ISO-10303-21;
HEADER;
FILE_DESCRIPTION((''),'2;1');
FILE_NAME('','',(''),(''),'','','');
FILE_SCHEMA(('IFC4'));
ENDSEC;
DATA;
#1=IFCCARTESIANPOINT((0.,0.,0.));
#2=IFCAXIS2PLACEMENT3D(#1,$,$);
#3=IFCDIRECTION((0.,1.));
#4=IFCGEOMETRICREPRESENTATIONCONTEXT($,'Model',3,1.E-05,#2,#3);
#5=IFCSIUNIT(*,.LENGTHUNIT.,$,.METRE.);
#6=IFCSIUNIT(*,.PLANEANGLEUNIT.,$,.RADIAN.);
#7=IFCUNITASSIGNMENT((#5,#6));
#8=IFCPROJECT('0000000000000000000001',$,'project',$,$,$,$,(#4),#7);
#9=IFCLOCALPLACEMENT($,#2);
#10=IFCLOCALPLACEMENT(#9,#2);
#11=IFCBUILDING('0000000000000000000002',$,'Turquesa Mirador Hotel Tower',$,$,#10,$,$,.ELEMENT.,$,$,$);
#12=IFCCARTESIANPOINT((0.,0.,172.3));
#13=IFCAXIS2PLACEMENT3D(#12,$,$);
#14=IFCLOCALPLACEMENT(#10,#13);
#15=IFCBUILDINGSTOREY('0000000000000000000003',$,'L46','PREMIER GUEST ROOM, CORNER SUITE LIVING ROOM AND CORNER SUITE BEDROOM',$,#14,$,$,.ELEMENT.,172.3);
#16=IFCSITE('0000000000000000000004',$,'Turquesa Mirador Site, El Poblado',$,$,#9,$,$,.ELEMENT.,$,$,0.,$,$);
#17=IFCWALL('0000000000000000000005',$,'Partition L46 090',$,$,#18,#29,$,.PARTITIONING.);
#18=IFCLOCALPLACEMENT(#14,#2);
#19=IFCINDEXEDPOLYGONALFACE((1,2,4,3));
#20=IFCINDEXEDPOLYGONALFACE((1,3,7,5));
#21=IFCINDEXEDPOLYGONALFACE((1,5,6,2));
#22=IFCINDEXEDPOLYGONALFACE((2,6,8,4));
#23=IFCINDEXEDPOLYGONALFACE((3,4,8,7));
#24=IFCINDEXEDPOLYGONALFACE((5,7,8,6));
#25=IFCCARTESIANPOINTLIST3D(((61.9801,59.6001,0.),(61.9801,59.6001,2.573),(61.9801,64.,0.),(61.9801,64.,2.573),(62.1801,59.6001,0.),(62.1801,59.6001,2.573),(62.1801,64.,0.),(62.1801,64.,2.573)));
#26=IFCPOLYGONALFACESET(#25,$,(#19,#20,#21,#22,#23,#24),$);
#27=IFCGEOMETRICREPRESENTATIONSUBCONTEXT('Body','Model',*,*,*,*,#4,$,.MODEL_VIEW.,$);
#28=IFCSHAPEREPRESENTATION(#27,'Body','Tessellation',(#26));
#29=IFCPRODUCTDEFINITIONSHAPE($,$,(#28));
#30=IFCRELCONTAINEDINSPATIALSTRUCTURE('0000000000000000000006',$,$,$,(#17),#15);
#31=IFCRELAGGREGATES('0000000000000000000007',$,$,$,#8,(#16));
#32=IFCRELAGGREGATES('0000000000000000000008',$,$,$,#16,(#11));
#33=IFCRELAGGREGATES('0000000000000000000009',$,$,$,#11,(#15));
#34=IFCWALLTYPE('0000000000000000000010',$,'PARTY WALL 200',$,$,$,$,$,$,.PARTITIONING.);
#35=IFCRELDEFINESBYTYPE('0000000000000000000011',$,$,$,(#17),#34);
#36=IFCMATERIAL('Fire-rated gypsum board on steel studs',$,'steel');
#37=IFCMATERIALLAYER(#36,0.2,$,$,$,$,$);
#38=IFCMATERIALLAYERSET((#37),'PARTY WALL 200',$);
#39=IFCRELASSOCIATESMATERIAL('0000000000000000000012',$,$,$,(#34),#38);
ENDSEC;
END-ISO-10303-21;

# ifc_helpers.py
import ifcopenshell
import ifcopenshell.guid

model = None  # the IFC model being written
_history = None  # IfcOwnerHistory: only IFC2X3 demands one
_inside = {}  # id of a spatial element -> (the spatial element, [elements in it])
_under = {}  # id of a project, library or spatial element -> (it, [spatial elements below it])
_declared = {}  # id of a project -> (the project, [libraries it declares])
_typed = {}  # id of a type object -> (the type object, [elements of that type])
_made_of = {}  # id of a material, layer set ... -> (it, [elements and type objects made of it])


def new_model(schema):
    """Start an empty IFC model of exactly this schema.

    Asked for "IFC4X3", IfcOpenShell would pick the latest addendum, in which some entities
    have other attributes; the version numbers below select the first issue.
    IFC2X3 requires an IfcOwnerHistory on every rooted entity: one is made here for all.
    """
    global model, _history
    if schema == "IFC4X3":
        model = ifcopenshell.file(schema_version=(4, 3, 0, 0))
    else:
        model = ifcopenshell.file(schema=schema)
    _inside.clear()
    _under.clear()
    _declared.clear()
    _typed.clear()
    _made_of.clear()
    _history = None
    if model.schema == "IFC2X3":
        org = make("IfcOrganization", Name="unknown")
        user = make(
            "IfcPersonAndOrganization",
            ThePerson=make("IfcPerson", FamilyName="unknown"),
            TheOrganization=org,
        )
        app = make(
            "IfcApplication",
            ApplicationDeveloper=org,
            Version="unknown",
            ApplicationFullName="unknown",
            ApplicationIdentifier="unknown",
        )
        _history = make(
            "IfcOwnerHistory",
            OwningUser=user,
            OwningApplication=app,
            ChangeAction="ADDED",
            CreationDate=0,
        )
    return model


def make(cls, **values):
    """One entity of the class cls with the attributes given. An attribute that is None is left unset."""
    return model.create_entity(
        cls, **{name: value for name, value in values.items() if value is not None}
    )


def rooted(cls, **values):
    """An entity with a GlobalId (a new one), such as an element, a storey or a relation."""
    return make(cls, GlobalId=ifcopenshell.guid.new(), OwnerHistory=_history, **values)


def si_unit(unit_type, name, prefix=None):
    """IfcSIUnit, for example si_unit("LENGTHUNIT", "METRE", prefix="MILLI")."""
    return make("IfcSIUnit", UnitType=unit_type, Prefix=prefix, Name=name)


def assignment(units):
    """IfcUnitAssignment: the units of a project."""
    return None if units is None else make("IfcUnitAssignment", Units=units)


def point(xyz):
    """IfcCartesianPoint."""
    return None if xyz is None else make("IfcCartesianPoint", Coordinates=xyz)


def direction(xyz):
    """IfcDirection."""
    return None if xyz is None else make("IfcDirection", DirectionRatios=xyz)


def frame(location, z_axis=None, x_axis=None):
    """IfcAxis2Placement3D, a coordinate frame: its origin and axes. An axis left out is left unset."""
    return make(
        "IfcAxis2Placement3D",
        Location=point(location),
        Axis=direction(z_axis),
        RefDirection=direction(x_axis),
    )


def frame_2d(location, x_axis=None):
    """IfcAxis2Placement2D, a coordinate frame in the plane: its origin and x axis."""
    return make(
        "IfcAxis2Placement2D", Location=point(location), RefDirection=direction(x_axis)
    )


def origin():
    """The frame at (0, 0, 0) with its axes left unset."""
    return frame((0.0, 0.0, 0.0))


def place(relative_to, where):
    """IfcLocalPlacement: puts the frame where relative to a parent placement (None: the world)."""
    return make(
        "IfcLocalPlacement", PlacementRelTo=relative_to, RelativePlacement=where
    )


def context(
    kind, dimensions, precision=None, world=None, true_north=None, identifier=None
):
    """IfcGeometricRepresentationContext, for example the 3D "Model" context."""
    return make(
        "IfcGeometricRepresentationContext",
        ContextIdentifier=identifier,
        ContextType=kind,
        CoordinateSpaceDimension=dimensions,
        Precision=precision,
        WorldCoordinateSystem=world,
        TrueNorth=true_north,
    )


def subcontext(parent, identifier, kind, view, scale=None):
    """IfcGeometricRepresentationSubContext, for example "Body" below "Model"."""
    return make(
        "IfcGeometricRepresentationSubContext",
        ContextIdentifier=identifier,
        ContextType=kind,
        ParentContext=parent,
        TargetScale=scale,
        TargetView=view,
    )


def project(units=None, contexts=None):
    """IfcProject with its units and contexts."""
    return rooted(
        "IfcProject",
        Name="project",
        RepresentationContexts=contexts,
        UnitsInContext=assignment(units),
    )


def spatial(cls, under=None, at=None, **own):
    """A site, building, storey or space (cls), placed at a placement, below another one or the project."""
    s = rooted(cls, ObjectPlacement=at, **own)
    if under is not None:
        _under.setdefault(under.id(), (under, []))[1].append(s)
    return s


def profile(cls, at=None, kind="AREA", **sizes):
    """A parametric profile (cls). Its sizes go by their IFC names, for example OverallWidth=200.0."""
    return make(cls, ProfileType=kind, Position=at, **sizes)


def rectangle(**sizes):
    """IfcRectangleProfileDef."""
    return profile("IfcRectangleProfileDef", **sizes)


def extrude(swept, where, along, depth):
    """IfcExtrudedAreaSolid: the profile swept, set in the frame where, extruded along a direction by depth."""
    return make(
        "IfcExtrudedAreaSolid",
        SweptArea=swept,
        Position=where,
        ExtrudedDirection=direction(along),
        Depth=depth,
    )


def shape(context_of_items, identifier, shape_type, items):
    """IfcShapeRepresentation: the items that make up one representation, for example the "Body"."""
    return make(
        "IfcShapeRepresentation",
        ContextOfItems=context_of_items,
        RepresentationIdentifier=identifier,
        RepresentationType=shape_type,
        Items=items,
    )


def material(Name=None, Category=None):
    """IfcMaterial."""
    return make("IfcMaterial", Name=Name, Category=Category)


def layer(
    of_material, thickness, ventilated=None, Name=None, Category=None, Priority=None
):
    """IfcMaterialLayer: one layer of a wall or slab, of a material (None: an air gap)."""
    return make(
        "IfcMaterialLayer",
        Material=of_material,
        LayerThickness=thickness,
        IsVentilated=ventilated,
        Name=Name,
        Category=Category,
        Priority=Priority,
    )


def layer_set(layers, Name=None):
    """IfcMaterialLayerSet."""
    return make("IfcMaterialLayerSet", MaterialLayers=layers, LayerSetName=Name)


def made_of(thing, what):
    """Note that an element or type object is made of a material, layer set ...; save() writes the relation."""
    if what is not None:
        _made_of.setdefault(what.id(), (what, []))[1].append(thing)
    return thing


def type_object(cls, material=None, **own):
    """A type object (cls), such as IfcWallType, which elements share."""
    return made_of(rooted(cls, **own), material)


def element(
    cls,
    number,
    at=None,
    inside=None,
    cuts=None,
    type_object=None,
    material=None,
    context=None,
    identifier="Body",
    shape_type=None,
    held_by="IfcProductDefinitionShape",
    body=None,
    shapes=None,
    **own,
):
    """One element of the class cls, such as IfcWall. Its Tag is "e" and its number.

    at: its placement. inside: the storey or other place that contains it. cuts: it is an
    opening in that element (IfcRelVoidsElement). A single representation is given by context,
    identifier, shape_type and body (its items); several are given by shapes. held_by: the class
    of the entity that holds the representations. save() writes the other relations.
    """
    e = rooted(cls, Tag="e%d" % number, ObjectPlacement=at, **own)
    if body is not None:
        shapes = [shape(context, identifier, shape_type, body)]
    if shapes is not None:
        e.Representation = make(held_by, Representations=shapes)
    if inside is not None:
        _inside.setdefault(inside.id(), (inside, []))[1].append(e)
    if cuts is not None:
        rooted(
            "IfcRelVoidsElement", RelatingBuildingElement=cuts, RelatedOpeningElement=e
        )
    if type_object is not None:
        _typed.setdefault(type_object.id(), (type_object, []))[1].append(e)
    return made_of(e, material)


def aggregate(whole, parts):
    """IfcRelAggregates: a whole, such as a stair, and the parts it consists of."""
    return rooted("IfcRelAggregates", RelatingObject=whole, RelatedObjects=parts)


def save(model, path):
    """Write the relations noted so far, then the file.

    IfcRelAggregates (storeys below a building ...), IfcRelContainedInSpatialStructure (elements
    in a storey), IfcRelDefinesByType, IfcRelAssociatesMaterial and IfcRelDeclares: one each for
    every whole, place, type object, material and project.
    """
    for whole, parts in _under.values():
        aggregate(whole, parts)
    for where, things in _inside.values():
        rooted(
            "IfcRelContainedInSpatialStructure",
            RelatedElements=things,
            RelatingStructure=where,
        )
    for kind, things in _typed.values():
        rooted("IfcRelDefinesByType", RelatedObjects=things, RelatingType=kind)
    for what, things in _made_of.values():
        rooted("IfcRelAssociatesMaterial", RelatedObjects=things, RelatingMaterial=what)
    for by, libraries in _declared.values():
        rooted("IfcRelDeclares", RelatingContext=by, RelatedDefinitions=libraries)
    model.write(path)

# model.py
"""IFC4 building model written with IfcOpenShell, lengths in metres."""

from ifc_helpers import new_model, si_unit, direction, frame, frame_2d, origin, place, context, subcontext, project, spatial, rectangle, extrude, material, layer, layer_set, type_object, element, save


model = new_model("IFC4")

# Units and contexts
model_context = context("Model", 3, precision=1e-05, world=origin(), true_north=direction((0.0, 1.0)))
body_context = subcontext(model_context, "Body", "Model", "MODEL_VIEW")
ifc_project = project(units=[si_unit("LENGTHUNIT", "METRE"), si_unit("PLANEANGLEUNIT", "RADIAN")], contexts=[model_context])

# Site, building, storey
site_placement = place(None, origin())
site = spatial("IfcSite", under=ifc_project, at=site_placement, Name="Turquesa Mirador Site, El Poblado", CompositionType="ELEMENT", RefElevation=0.0)
building_placement = place(site_placement, origin())
building = spatial("IfcBuilding", under=site, at=building_placement, Name="Turquesa Mirador Hotel Tower", CompositionType="ELEMENT")
storey_placement = place(building_placement, frame((0.0, 0.0, 172.3)))
storey = spatial("IfcBuildingStorey", under=building, at=storey_placement, Name="L46", Description="PREMIER GUEST ROOM, CORNER SUITE LIVING ROOM AND CORNER SUITE BEDROOM", CompositionType="ELEMENT", Elevation=172.3)

# Wall
ifc_material_1 = material(Name="Fire-rated gypsum board on steel studs", Category="steel")
ifc_layer_1 = layer(ifc_material_1, 0.2)
ifc_layer_set_1 = layer_set([ifc_layer_1], Name="PARTY WALL 200")
wall_type_1 = type_object("IfcWallType", Name="PARTY WALL 200", PredefinedType="PARTITIONING", material=ifc_layer_set_1)
wall_1_placement = place(storey_placement, frame((62.0801, 59.6001, 0.0), z_axis=(0.0, 0.0, 1.0), x_axis=(0.0, 1.0, 0.0)))
element("IfcWall", 1, at=wall_1_placement, inside=storey, type_object=wall_type_1, Name="Partition L46 090", PredefinedType="PARTITIONING", context=body_context, shape_type="SweptSolid", body=[
    extrude(rectangle(XDim=4.3999, YDim=0.2, at=frame_2d((2.2, 0.0))), origin(), (0.0, 0.0, 1.0), 2.573),
])

save(model, "model.ifc")
